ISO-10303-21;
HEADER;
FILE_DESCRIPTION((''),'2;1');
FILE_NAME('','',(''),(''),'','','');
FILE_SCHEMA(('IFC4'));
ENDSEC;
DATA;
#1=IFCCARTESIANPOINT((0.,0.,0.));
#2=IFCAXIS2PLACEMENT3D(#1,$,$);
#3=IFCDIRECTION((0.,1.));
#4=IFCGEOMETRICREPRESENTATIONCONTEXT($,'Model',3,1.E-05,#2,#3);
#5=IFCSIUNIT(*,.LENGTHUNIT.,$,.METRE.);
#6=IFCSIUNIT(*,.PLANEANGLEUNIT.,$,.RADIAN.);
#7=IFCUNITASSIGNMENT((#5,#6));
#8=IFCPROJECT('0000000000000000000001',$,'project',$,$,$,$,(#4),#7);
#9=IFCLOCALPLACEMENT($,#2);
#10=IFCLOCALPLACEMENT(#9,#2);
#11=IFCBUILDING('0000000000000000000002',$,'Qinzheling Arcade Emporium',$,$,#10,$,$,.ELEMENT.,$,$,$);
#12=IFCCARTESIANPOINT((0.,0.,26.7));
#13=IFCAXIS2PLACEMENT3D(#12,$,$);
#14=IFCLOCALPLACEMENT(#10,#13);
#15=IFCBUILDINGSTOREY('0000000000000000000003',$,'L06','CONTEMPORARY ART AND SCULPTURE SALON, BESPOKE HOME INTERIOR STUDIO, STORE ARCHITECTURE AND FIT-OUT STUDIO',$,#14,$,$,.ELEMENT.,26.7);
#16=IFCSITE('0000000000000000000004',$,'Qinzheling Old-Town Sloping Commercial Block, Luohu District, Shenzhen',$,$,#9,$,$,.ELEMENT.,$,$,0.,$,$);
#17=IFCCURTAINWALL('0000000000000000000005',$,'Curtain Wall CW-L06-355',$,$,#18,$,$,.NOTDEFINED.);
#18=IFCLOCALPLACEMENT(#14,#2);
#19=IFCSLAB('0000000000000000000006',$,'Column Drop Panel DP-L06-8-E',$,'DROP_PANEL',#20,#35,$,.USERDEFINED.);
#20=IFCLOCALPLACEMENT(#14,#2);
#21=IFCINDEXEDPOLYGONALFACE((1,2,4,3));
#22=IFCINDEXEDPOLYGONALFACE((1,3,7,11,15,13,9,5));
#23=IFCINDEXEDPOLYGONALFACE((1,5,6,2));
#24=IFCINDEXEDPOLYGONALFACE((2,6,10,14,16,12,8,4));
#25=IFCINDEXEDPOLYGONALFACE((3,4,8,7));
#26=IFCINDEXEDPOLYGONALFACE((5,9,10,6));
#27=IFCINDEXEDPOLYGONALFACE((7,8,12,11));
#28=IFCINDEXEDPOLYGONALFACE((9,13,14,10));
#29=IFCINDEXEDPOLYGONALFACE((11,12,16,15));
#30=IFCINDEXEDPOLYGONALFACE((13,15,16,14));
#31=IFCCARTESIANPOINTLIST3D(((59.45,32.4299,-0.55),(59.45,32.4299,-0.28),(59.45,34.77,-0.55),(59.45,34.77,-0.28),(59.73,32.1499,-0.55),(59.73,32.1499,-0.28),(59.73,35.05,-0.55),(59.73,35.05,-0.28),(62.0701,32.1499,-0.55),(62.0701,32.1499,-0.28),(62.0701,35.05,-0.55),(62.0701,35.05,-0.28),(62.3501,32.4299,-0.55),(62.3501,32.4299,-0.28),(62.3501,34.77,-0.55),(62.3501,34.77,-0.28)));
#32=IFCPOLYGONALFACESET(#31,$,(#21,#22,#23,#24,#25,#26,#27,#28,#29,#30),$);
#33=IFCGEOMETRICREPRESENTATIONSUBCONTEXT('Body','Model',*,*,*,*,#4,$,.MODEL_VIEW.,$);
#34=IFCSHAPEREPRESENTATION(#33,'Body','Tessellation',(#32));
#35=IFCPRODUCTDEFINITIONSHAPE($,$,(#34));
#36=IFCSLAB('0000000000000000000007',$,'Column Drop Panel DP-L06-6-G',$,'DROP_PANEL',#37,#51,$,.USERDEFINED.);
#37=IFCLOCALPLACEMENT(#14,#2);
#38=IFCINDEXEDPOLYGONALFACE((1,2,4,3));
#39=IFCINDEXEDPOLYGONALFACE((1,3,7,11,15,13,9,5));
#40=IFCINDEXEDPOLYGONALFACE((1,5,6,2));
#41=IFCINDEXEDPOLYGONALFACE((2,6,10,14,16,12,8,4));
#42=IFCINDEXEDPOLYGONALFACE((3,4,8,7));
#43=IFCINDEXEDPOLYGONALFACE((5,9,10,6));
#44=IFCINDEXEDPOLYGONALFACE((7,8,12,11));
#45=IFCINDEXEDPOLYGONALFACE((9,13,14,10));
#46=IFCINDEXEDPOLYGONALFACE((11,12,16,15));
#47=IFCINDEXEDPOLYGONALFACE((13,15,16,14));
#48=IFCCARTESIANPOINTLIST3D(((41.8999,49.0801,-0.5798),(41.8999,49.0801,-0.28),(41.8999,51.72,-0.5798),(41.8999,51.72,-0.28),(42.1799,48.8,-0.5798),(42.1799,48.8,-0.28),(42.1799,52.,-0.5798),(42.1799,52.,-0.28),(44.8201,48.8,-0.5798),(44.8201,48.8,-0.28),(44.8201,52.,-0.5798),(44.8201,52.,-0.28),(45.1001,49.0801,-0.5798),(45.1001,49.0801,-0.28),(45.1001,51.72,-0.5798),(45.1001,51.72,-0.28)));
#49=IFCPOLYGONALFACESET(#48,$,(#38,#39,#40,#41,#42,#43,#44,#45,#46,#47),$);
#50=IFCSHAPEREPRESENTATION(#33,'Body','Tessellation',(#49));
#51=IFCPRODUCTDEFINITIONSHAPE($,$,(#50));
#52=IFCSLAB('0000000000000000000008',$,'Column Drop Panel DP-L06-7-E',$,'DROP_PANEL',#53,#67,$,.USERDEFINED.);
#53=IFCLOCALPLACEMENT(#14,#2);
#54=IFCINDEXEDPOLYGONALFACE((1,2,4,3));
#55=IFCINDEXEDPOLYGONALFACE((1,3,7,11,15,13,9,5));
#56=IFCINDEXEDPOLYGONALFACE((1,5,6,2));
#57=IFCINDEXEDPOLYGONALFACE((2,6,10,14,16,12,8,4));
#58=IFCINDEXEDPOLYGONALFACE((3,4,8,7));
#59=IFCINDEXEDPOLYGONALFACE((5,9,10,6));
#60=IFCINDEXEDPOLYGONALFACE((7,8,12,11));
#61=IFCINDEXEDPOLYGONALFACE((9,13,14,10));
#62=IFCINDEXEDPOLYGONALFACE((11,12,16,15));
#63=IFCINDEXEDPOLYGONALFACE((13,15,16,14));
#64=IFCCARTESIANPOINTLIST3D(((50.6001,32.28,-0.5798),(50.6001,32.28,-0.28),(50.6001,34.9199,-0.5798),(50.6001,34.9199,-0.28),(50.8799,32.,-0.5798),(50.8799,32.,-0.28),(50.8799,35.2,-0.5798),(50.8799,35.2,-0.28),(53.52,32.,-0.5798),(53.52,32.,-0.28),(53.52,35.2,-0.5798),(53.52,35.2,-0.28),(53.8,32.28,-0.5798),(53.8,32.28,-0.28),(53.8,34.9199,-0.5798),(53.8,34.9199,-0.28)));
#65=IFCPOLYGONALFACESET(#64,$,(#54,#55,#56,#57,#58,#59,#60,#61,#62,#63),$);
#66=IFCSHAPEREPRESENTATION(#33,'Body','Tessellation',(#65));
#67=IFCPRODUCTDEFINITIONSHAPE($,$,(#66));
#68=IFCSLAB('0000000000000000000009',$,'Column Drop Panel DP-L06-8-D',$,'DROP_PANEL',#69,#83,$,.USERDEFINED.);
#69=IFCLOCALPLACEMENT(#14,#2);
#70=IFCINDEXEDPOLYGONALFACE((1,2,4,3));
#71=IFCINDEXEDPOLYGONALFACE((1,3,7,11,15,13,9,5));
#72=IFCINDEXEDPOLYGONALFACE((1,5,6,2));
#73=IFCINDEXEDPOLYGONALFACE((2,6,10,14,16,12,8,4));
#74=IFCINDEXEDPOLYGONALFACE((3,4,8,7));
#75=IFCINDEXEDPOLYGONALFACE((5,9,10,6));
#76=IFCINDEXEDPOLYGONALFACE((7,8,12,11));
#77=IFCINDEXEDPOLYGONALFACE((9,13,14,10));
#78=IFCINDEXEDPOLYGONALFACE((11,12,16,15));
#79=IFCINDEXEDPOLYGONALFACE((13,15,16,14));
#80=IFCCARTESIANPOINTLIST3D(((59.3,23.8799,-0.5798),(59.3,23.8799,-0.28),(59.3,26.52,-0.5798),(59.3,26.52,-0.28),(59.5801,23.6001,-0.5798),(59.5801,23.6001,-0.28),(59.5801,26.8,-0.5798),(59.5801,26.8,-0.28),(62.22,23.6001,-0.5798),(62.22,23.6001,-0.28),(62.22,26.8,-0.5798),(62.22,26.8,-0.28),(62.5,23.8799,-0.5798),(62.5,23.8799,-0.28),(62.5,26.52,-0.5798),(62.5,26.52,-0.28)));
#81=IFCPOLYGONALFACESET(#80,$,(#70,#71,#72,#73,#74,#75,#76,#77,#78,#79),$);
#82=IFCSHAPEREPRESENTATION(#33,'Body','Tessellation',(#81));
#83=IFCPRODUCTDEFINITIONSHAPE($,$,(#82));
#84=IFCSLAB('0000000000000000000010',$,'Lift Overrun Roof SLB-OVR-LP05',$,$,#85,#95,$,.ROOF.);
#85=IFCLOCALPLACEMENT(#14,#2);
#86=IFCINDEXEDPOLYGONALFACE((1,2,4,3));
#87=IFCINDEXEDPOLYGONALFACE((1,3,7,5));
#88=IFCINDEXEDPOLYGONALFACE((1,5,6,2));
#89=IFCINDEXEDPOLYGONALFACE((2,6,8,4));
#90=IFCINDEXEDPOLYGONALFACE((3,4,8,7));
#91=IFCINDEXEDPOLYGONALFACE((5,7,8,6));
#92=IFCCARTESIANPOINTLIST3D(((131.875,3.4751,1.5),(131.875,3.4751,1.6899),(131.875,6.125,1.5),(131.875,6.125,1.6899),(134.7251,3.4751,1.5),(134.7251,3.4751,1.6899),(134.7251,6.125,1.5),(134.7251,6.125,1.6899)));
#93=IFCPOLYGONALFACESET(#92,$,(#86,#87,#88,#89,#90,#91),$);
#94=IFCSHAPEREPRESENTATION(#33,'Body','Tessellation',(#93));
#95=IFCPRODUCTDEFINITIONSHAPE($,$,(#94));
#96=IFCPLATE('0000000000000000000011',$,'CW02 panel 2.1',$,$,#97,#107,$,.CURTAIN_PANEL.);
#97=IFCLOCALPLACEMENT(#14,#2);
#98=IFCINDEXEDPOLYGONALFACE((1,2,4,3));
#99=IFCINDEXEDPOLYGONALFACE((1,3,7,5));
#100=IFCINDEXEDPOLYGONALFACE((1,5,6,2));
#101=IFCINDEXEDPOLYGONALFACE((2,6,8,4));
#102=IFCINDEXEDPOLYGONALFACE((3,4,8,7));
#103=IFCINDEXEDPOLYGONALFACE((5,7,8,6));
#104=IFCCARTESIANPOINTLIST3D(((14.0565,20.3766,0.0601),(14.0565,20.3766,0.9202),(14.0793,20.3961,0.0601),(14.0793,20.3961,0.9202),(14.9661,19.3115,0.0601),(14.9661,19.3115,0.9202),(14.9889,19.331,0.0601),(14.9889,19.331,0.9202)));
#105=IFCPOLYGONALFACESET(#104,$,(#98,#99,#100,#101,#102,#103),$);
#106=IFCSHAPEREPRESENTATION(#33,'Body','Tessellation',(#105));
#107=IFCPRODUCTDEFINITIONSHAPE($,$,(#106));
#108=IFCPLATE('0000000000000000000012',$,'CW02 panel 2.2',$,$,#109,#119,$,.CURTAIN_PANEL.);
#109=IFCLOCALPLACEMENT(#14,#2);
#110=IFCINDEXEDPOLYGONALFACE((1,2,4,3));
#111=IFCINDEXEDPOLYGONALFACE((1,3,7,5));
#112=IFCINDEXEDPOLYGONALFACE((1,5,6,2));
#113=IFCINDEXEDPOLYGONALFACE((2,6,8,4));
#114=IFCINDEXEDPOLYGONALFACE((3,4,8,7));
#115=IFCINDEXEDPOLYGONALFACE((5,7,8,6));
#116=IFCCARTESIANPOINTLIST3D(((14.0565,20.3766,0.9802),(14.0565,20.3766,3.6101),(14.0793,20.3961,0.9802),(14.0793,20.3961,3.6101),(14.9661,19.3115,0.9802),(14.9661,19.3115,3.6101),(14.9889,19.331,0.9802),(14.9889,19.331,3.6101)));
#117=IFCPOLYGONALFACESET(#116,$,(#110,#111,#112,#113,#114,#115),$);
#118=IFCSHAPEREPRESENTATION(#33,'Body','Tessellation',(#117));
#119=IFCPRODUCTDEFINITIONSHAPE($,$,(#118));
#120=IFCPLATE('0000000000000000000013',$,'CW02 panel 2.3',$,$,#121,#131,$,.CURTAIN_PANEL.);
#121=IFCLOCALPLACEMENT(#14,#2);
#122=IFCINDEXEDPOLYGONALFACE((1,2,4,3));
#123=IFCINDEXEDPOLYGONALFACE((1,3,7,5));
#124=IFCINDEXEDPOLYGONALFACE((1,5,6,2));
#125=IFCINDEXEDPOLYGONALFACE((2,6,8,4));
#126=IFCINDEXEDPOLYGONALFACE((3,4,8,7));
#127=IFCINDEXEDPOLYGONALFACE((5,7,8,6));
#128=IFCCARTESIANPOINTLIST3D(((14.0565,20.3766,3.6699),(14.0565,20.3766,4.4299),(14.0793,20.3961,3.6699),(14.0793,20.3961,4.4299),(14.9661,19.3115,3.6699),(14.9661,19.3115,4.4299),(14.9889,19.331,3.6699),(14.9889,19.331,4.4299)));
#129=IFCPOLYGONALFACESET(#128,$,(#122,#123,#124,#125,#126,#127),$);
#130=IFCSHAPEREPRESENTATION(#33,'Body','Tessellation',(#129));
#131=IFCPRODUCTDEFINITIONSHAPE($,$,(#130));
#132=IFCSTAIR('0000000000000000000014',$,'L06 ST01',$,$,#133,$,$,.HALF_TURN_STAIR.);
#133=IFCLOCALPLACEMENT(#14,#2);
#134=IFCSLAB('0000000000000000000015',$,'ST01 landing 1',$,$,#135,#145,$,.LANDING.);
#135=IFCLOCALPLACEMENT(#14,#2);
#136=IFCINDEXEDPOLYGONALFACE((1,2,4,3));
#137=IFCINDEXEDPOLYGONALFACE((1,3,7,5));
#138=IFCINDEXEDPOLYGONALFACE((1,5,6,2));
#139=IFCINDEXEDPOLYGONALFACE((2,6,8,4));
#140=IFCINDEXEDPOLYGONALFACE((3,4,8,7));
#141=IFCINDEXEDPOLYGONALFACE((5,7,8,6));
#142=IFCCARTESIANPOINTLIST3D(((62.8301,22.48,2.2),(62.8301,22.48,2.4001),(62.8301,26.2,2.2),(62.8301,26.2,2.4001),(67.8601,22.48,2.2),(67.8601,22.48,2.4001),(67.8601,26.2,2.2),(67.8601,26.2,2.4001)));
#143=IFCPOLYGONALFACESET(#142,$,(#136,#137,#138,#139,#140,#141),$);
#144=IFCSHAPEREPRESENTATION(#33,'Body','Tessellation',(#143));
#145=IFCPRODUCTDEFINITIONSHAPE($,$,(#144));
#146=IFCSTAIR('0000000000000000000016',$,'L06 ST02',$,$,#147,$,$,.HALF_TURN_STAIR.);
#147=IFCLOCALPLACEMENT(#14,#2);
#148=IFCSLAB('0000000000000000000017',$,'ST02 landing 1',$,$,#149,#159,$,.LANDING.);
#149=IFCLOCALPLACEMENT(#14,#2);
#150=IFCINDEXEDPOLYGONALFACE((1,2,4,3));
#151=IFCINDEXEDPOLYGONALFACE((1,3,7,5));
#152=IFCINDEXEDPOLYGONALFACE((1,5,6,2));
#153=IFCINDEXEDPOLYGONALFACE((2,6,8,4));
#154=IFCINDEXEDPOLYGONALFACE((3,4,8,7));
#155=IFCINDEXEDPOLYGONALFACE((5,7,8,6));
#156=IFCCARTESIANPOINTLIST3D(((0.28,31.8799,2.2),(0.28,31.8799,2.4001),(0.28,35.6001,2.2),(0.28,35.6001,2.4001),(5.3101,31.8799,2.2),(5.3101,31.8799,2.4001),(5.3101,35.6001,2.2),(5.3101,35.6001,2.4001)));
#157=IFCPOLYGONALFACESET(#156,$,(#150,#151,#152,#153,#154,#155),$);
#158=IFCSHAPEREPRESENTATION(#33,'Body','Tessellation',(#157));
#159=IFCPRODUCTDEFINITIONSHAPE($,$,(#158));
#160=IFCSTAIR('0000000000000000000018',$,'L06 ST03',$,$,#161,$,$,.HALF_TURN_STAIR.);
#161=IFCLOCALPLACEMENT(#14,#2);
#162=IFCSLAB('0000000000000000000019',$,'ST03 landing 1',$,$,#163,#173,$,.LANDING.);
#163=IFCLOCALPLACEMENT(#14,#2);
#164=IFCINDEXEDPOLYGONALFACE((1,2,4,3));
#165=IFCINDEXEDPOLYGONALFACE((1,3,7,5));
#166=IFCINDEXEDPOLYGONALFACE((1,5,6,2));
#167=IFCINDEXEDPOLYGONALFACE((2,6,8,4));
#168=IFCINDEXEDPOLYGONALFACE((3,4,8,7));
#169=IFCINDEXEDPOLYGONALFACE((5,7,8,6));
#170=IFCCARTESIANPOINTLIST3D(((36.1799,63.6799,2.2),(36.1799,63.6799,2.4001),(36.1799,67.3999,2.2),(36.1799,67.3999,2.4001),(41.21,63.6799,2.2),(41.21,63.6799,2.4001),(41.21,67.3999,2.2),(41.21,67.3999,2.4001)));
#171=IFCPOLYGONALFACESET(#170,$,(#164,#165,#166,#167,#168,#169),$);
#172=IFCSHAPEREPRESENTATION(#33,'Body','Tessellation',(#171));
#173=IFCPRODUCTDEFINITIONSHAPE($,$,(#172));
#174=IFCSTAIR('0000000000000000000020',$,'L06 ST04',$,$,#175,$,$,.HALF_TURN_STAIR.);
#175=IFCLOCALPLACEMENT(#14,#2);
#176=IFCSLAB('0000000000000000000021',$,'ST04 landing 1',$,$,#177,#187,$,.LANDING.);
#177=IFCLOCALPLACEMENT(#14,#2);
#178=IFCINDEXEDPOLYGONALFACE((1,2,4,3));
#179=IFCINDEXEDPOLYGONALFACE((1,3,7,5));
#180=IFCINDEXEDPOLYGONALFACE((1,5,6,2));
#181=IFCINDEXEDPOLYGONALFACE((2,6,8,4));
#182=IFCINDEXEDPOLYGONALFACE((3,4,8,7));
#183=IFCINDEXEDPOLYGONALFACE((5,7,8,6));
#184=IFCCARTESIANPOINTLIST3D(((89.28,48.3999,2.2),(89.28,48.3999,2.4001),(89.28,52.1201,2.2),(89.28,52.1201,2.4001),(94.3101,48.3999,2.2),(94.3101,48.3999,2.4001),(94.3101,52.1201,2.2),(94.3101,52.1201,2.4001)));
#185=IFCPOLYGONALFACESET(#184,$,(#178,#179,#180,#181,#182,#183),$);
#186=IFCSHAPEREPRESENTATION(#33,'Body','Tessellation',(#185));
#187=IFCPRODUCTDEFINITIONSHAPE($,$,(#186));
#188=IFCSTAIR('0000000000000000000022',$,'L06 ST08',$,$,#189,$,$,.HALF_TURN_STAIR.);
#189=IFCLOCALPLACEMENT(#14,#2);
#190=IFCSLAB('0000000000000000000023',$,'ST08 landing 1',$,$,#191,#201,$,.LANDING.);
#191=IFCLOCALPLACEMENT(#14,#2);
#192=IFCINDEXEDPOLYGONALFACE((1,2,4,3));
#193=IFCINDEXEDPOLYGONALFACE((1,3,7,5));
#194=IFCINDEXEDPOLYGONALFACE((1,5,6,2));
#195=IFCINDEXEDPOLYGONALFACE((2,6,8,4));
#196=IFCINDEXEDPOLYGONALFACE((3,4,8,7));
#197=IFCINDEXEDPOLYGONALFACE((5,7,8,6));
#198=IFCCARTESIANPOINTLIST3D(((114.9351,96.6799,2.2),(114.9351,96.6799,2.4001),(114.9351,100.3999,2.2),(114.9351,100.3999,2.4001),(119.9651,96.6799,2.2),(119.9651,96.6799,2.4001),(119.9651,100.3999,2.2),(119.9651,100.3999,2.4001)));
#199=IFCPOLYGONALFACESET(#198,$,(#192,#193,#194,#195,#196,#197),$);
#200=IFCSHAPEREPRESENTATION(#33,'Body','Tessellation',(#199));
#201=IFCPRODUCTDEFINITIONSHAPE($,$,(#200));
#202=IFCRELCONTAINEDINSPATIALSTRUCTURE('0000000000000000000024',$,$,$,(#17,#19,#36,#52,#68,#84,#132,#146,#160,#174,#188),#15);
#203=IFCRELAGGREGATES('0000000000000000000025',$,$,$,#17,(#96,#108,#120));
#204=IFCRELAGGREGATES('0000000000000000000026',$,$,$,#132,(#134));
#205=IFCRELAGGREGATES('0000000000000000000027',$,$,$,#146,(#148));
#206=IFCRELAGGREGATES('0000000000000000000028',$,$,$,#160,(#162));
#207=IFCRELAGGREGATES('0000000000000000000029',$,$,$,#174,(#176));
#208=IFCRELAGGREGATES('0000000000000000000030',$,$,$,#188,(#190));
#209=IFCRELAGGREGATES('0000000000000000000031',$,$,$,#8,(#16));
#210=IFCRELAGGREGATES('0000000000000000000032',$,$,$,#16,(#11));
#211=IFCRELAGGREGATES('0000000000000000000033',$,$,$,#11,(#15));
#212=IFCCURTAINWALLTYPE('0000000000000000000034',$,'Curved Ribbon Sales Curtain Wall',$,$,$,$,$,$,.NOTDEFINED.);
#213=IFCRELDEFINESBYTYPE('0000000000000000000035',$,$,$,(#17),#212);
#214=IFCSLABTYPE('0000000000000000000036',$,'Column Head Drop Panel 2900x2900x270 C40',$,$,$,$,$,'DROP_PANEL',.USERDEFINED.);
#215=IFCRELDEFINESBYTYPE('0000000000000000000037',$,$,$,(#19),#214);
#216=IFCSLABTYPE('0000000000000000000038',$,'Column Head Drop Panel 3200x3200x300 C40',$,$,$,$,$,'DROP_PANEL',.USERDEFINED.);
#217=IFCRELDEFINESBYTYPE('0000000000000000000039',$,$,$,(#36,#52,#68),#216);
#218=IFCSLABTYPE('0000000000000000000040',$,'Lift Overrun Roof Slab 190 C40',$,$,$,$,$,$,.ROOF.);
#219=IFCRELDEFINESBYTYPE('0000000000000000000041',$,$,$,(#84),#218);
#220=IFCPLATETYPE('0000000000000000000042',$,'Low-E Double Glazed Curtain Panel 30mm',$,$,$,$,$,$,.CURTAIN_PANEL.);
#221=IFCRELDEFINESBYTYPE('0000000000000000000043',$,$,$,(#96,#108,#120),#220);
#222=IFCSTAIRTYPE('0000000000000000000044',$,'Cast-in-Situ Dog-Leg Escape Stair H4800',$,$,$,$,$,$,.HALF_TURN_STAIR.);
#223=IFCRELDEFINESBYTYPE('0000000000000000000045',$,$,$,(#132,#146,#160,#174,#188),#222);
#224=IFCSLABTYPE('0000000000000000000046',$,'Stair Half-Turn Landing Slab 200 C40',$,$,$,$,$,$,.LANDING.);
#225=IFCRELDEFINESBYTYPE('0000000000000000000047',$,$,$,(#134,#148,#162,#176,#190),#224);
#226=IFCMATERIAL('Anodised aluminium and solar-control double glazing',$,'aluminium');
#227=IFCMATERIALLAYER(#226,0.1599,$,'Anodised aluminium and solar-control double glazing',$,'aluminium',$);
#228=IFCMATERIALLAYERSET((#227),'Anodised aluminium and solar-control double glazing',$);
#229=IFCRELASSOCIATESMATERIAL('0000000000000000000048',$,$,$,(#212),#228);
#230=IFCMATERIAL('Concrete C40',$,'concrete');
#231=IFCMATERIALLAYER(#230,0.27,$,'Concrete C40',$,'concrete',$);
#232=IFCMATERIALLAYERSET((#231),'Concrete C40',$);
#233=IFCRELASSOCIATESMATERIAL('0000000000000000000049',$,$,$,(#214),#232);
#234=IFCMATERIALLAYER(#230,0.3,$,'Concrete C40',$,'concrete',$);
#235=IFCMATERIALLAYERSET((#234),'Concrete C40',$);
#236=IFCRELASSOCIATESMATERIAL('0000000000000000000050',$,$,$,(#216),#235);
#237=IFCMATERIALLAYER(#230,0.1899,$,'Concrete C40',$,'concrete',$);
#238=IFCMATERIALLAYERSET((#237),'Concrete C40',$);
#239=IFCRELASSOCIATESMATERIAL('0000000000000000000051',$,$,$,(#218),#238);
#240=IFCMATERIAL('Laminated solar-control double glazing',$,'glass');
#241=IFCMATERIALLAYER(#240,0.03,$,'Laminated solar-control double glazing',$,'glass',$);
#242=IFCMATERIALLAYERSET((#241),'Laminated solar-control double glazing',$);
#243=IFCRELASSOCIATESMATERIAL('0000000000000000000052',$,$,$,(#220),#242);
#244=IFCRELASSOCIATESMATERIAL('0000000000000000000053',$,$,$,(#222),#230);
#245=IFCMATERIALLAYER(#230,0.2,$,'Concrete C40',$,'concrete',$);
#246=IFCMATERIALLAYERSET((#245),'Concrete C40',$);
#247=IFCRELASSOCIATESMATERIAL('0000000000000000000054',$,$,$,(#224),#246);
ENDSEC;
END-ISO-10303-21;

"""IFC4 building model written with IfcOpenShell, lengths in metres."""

from ifc_helpers import new_model, si_unit, direction, frame, origin, origin_2d, place, context, subcontext, project, spatial, polyline, rectangle, outline, extrude, material, layer, layer_set, type_object, element, aggregate, save


model = new_model("IFC4")

# Units and contexts
model_context = context("Model", 3, precision=1e-05, world=origin(), true_north=direction((0.0, 1.0)))
body_context = subcontext(model_context, "Body", "Model", "MODEL_VIEW")
ifc_project = project(units=[si_unit("LENGTHUNIT", "METRE"), si_unit("PLANEANGLEUNIT", "RADIAN")], contexts=[model_context])

# Site, building, storey
site_placement = place(None, origin())
site = spatial("IfcSite", under=ifc_project, at=site_placement, Name="Qinzheling Old-Town Sloping Commercial Block, Luohu District, Shenzhen", CompositionType="ELEMENT", RefElevation=0.0)
building_placement = place(site_placement, origin())
building = spatial("IfcBuilding", under=site, at=building_placement, Name="Qinzheling Arcade Emporium", CompositionType="ELEMENT")
storey_placement = place(building_placement, frame((0.0, 0.0, 26.7)))
storey = spatial("IfcBuildingStorey", under=building, at=storey_placement, Name="L06", Description="CONTEMPORARY ART AND SCULPTURE SALON, BESPOKE HOME INTERIOR STUDIO, STORE ARCHITECTURE AND FIT-OUT STUDIO", CompositionType="ELEMENT", Elevation=26.7)

# Curtain wall
ifc_material_1 = material(Name="Anodised aluminium and solar-control double glazing", Category="aluminium")
ifc_layer_1 = layer(ifc_material_1, 0.1599, Name="Anodised aluminium and solar-control double glazing", Category="aluminium")
ifc_layer_set_1 = layer_set([ifc_layer_1], Name="Anodised aluminium and solar-control double glazing")
curtain_wall_type = type_object("IfcCurtainWallType", Name="Curved Ribbon Sales Curtain Wall", PredefinedType="NOTDEFINED", material=ifc_layer_set_1)
curtain_wall_placement = place(storey_placement, origin())
curtain_wall = element("IfcCurtainWall", 1, at=curtain_wall_placement, inside=storey, type_object=curtain_wall_type, Name="Curtain Wall CW-L06-355", PredefinedType="NOTDEFINED")

# Slabs
ifc_material_2 = material(Name="Concrete C40", Category="concrete")
ifc_layer_2 = layer(ifc_material_2, 0.27, Name="Concrete C40", Category="concrete")
ifc_layer_set_2 = layer_set([ifc_layer_2], Name="Concrete C40")
slab_type_1 = type_object("IfcSlabType", Name="Column Head Drop Panel 2900x2900x270 C40", ElementType="DROP_PANEL", PredefinedType="USERDEFINED", material=ifc_layer_set_2)
slab_1_placement = place(storey_placement, frame((0.0, 0.0, -0.55)))
element("IfcSlab", 2, at=slab_1_placement, inside=storey, type_object=slab_type_1, Name="Column Drop Panel DP-L06-8-E", ObjectType="DROP_PANEL", PredefinedType="USERDEFINED", context=body_context, shape_type="SweptSolid", body=[
    extrude(outline(polyline([(59.73, 32.1499), (62.0701, 32.1499), (62.3501, 32.4299), (62.3501, 34.77), (62.0701, 35.05), (59.73, 35.05), (59.45, 34.77), (59.45, 32.4299), (59.73, 32.1499)])), origin(), (0.0, 0.0, 1.0), 0.27),
])
ifc_layer_3 = layer(ifc_material_2, 0.3, Name="Concrete C40", Category="concrete")
ifc_layer_set_3 = layer_set([ifc_layer_3], Name="Concrete C40")
slab_type_2 = type_object("IfcSlabType", Name="Column Head Drop Panel 3200x3200x300 C40", ElementType="DROP_PANEL", PredefinedType="USERDEFINED", material=ifc_layer_set_3)
slab_2_placement = place(storey_placement, frame((0.0, 0.0, -0.5798)))
element("IfcSlab", 3, at=slab_2_placement, inside=storey, type_object=slab_type_2, Name="Column Drop Panel DP-L06-6-G", ObjectType="DROP_PANEL", PredefinedType="USERDEFINED", context=body_context, shape_type="SweptSolid", body=[
    extrude(outline(polyline([(42.1799, 48.8), (44.8201, 48.8), (45.1001, 49.0801), (45.1001, 51.72), (44.8201, 52.0), (42.1799, 52.0), (41.8999, 51.72), (41.8999, 49.0801), (42.1799, 48.8)])), origin(), (0.0, 0.0, 1.0), 0.2998),
])
slab_3_placement = place(storey_placement, frame((0.0, 0.0, -0.5798)))
element("IfcSlab", 4, at=slab_3_placement, inside=storey, type_object=slab_type_2, Name="Column Drop Panel DP-L06-7-E", ObjectType="DROP_PANEL", PredefinedType="USERDEFINED", context=body_context, shape_type="SweptSolid", body=[
    extrude(outline(polyline([(50.8799, 32.0), (53.52, 32.0), (53.8, 32.28), (53.8, 34.9199), (53.52, 35.2), (50.8799, 35.2), (50.6001, 34.9199), (50.6001, 32.28), (50.8799, 32.0)])), origin(), (0.0, 0.0, 1.0), 0.2998),
])
slab_4_placement = place(storey_placement, frame((0.0, 0.0, -0.5798)))
element("IfcSlab", 5, at=slab_4_placement, inside=storey, type_object=slab_type_2, Name="Column Drop Panel DP-L06-8-D", ObjectType="DROP_PANEL", PredefinedType="USERDEFINED", context=body_context, shape_type="SweptSolid", body=[
    extrude(outline(polyline([(59.5801, 23.6001), (62.22, 23.6001), (62.5, 23.8799), (62.5, 26.52), (62.22, 26.8), (59.5801, 26.8), (59.3, 26.52), (59.3, 23.8799), (59.5801, 23.6001)])), origin(), (0.0, 0.0, 1.0), 0.2998),
])
ifc_layer_4 = layer(ifc_material_2, 0.1899, Name="Concrete C40", Category="concrete")
ifc_layer_set_4 = layer_set([ifc_layer_4], Name="Concrete C40")
slab_type_3 = type_object("IfcSlabType", Name="Lift Overrun Roof Slab 190 C40", PredefinedType="ROOF", material=ifc_layer_set_4)
slab_5_placement = place(storey_placement, frame((0.0, 0.0, 1.5)))
element("IfcSlab", 6, at=slab_5_placement, inside=storey, type_object=slab_type_3, Name="Lift Overrun Roof SLB-OVR-LP05", PredefinedType="ROOF", context=body_context, shape_type="SweptSolid", body=[
    extrude(outline(polyline([(131.875, 3.4751), (134.7251, 3.4751), (134.7251, 6.125), (131.875, 6.125), (131.875, 3.4751)])), origin(), (0.0, 0.0, 1.0), 0.1899),
])

# Plates
ifc_material_3 = material(Name="Laminated solar-control double glazing", Category="glass")
ifc_layer_5 = layer(ifc_material_3, 0.03, Name="Laminated solar-control double glazing", Category="glass")
ifc_layer_set_5 = layer_set([ifc_layer_5], Name="Laminated solar-control double glazing")
plate_type = type_object("IfcPlateType", Name="Low-E Double Glazed Curtain Panel 30mm", PredefinedType="CURTAIN_PANEL", material=ifc_layer_set_5)
plate_1_placement = place(storey_placement, frame((14.5227, 19.8538, 0.0601), z_axis=(0.0, 0.0, 1.0), x_axis=(-0.649409, 0.760439, 0.0)))
plate_1 = element("IfcPlate", 7, at=plate_1_placement, type_object=plate_type, Name="CW02 panel 2.1", PredefinedType="CURTAIN_PANEL", context=body_context, shape_type="SweptSolid", body=[
    extrude(rectangle(XDim=1.4006, YDim=0.03, at=origin_2d()), origin(), (0.0, 0.0, 1.0), 0.8601),
])
plate_2_placement = place(storey_placement, frame((14.5227, 19.8538, 0.9802), z_axis=(0.0, 0.0, 1.0), x_axis=(-0.649409, 0.760439, 0.0)))
plate_2 = element("IfcPlate", 8, at=plate_2_placement, type_object=plate_type, Name="CW02 panel 2.2", PredefinedType="CURTAIN_PANEL", context=body_context, shape_type="SweptSolid", body=[
    extrude(rectangle(XDim=1.4006, YDim=0.03, at=origin_2d()), origin(), (0.0, 0.0, 1.0), 2.6299),
])
plate_3_placement = place(storey_placement, frame((14.5227, 19.8538, 3.6699), z_axis=(0.0, 0.0, 1.0), x_axis=(-0.649409, 0.760439, 0.0)))
plate_3 = element("IfcPlate", 9, at=plate_3_placement, type_object=plate_type, Name="CW02 panel 2.3", PredefinedType="CURTAIN_PANEL", context=body_context, shape_type="SweptSolid", body=[
    extrude(rectangle(XDim=1.4006, YDim=0.03, at=origin_2d()), origin(), (0.0, 0.0, 1.0), 0.76),
])
aggregate(curtain_wall, [plate_1, plate_2, plate_3])

# Stairs, slabs
stair_type = type_object("IfcStairType", Name="Cast-in-Situ Dog-Leg Escape Stair H4800", PredefinedType="HALF_TURN_STAIR", material=ifc_material_2)
stair_1_placement = place(storey_placement, origin())
stair_1 = element("IfcStair", 10, at=stair_1_placement, inside=storey, type_object=stair_type, Name="L06 ST01", PredefinedType="HALF_TURN_STAIR")
ifc_layer_6 = layer(ifc_material_2, 0.2, Name="Concrete C40", Category="concrete")
ifc_layer_set_6 = layer_set([ifc_layer_6], Name="Concrete C40")
slab_type_4 = type_object("IfcSlabType", Name="Stair Half-Turn Landing Slab 200 C40", PredefinedType="LANDING", material=ifc_layer_set_6)
slab_6_placement = place(storey_placement, frame((0.0, 0.0, 2.2)))
slab_6 = element("IfcSlab", 11, at=slab_6_placement, type_object=slab_type_4, Name="ST01 landing 1", PredefinedType="LANDING", context=body_context, shape_type="SweptSolid", body=[
    extrude(outline(polyline([(62.8301, 26.2), (67.8601, 26.2), (67.8601, 22.48), (62.8301, 22.48), (62.8301, 26.2)])), origin(), (0.0, 0.0, 1.0), 0.2002),
])
aggregate(stair_1, [slab_6])
stair_2_placement = place(storey_placement, origin())
stair_2 = element("IfcStair", 12, at=stair_2_placement, inside=storey, type_object=stair_type, Name="L06 ST02", PredefinedType="HALF_TURN_STAIR")
slab_7_placement = place(storey_placement, frame((0.0, 0.0, 2.2)))
slab_7 = element("IfcSlab", 13, at=slab_7_placement, type_object=slab_type_4, Name="ST02 landing 1", PredefinedType="LANDING", context=body_context, shape_type="SweptSolid", body=[
    extrude(outline(polyline([(0.28, 35.6001), (5.3101, 35.6001), (5.3101, 31.8799), (0.28, 31.8799), (0.28, 35.6001)])), origin(), (0.0, 0.0, 1.0), 0.2002),
])
aggregate(stair_2, [slab_7])
stair_3_placement = place(storey_placement, origin())
stair_3 = element("IfcStair", 14, at=stair_3_placement, inside=storey, type_object=stair_type, Name="L06 ST03", PredefinedType="HALF_TURN_STAIR")
slab_8_placement = place(storey_placement, frame((0.0, 0.0, 2.2)))
slab_8 = element("IfcSlab", 15, at=slab_8_placement, type_object=slab_type_4, Name="ST03 landing 1", PredefinedType="LANDING", context=body_context, shape_type="SweptSolid", body=[
    extrude(outline(polyline([(36.1799, 67.3999), (41.21, 67.3999), (41.21, 63.6799), (36.1799, 63.6799), (36.1799, 67.3999)])), origin(), (0.0, 0.0, 1.0), 0.2002),
])
aggregate(stair_3, [slab_8])
stair_4_placement = place(storey_placement, origin())
stair_4 = element("IfcStair", 16, at=stair_4_placement, inside=storey, type_object=stair_type, Name="L06 ST04", PredefinedType="HALF_TURN_STAIR")
slab_9_placement = place(storey_placement, frame((0.0, 0.0, 2.2)))
slab_9 = element("IfcSlab", 17, at=slab_9_placement, type_object=slab_type_4, Name="ST04 landing 1", PredefinedType="LANDING", context=body_context, shape_type="SweptSolid", body=[
    extrude(outline(polyline([(94.3101, 48.3999), (89.28, 48.3999), (89.28, 52.1201), (94.3101, 52.1201), (94.3101, 48.3999)])), origin(), (0.0, 0.0, 1.0), 0.2002),
])
aggregate(stair_4, [slab_9])
stair_5_placement = place(storey_placement, origin())
stair_5 = element("IfcStair", 18, at=stair_5_placement, inside=storey, type_object=stair_type, Name="L06 ST08", PredefinedType="HALF_TURN_STAIR")
slab_10_placement = place(storey_placement, frame((0.0, 0.0, 2.2)))
slab_10 = element("IfcSlab", 19, at=slab_10_placement, type_object=slab_type_4, Name="ST08 landing 1", PredefinedType="LANDING", context=body_context, shape_type="SweptSolid", body=[
    extrude(outline(polyline([(114.9351, 100.3999), (119.9651, 100.3999), (119.9651, 96.6799), (114.9351, 96.6799), (114.9351, 100.3999)])), origin(), (0.0, 0.0, 1.0), 0.2002),
])
aggregate(stair_5, [slab_10])

save(model, "model.ifc")
